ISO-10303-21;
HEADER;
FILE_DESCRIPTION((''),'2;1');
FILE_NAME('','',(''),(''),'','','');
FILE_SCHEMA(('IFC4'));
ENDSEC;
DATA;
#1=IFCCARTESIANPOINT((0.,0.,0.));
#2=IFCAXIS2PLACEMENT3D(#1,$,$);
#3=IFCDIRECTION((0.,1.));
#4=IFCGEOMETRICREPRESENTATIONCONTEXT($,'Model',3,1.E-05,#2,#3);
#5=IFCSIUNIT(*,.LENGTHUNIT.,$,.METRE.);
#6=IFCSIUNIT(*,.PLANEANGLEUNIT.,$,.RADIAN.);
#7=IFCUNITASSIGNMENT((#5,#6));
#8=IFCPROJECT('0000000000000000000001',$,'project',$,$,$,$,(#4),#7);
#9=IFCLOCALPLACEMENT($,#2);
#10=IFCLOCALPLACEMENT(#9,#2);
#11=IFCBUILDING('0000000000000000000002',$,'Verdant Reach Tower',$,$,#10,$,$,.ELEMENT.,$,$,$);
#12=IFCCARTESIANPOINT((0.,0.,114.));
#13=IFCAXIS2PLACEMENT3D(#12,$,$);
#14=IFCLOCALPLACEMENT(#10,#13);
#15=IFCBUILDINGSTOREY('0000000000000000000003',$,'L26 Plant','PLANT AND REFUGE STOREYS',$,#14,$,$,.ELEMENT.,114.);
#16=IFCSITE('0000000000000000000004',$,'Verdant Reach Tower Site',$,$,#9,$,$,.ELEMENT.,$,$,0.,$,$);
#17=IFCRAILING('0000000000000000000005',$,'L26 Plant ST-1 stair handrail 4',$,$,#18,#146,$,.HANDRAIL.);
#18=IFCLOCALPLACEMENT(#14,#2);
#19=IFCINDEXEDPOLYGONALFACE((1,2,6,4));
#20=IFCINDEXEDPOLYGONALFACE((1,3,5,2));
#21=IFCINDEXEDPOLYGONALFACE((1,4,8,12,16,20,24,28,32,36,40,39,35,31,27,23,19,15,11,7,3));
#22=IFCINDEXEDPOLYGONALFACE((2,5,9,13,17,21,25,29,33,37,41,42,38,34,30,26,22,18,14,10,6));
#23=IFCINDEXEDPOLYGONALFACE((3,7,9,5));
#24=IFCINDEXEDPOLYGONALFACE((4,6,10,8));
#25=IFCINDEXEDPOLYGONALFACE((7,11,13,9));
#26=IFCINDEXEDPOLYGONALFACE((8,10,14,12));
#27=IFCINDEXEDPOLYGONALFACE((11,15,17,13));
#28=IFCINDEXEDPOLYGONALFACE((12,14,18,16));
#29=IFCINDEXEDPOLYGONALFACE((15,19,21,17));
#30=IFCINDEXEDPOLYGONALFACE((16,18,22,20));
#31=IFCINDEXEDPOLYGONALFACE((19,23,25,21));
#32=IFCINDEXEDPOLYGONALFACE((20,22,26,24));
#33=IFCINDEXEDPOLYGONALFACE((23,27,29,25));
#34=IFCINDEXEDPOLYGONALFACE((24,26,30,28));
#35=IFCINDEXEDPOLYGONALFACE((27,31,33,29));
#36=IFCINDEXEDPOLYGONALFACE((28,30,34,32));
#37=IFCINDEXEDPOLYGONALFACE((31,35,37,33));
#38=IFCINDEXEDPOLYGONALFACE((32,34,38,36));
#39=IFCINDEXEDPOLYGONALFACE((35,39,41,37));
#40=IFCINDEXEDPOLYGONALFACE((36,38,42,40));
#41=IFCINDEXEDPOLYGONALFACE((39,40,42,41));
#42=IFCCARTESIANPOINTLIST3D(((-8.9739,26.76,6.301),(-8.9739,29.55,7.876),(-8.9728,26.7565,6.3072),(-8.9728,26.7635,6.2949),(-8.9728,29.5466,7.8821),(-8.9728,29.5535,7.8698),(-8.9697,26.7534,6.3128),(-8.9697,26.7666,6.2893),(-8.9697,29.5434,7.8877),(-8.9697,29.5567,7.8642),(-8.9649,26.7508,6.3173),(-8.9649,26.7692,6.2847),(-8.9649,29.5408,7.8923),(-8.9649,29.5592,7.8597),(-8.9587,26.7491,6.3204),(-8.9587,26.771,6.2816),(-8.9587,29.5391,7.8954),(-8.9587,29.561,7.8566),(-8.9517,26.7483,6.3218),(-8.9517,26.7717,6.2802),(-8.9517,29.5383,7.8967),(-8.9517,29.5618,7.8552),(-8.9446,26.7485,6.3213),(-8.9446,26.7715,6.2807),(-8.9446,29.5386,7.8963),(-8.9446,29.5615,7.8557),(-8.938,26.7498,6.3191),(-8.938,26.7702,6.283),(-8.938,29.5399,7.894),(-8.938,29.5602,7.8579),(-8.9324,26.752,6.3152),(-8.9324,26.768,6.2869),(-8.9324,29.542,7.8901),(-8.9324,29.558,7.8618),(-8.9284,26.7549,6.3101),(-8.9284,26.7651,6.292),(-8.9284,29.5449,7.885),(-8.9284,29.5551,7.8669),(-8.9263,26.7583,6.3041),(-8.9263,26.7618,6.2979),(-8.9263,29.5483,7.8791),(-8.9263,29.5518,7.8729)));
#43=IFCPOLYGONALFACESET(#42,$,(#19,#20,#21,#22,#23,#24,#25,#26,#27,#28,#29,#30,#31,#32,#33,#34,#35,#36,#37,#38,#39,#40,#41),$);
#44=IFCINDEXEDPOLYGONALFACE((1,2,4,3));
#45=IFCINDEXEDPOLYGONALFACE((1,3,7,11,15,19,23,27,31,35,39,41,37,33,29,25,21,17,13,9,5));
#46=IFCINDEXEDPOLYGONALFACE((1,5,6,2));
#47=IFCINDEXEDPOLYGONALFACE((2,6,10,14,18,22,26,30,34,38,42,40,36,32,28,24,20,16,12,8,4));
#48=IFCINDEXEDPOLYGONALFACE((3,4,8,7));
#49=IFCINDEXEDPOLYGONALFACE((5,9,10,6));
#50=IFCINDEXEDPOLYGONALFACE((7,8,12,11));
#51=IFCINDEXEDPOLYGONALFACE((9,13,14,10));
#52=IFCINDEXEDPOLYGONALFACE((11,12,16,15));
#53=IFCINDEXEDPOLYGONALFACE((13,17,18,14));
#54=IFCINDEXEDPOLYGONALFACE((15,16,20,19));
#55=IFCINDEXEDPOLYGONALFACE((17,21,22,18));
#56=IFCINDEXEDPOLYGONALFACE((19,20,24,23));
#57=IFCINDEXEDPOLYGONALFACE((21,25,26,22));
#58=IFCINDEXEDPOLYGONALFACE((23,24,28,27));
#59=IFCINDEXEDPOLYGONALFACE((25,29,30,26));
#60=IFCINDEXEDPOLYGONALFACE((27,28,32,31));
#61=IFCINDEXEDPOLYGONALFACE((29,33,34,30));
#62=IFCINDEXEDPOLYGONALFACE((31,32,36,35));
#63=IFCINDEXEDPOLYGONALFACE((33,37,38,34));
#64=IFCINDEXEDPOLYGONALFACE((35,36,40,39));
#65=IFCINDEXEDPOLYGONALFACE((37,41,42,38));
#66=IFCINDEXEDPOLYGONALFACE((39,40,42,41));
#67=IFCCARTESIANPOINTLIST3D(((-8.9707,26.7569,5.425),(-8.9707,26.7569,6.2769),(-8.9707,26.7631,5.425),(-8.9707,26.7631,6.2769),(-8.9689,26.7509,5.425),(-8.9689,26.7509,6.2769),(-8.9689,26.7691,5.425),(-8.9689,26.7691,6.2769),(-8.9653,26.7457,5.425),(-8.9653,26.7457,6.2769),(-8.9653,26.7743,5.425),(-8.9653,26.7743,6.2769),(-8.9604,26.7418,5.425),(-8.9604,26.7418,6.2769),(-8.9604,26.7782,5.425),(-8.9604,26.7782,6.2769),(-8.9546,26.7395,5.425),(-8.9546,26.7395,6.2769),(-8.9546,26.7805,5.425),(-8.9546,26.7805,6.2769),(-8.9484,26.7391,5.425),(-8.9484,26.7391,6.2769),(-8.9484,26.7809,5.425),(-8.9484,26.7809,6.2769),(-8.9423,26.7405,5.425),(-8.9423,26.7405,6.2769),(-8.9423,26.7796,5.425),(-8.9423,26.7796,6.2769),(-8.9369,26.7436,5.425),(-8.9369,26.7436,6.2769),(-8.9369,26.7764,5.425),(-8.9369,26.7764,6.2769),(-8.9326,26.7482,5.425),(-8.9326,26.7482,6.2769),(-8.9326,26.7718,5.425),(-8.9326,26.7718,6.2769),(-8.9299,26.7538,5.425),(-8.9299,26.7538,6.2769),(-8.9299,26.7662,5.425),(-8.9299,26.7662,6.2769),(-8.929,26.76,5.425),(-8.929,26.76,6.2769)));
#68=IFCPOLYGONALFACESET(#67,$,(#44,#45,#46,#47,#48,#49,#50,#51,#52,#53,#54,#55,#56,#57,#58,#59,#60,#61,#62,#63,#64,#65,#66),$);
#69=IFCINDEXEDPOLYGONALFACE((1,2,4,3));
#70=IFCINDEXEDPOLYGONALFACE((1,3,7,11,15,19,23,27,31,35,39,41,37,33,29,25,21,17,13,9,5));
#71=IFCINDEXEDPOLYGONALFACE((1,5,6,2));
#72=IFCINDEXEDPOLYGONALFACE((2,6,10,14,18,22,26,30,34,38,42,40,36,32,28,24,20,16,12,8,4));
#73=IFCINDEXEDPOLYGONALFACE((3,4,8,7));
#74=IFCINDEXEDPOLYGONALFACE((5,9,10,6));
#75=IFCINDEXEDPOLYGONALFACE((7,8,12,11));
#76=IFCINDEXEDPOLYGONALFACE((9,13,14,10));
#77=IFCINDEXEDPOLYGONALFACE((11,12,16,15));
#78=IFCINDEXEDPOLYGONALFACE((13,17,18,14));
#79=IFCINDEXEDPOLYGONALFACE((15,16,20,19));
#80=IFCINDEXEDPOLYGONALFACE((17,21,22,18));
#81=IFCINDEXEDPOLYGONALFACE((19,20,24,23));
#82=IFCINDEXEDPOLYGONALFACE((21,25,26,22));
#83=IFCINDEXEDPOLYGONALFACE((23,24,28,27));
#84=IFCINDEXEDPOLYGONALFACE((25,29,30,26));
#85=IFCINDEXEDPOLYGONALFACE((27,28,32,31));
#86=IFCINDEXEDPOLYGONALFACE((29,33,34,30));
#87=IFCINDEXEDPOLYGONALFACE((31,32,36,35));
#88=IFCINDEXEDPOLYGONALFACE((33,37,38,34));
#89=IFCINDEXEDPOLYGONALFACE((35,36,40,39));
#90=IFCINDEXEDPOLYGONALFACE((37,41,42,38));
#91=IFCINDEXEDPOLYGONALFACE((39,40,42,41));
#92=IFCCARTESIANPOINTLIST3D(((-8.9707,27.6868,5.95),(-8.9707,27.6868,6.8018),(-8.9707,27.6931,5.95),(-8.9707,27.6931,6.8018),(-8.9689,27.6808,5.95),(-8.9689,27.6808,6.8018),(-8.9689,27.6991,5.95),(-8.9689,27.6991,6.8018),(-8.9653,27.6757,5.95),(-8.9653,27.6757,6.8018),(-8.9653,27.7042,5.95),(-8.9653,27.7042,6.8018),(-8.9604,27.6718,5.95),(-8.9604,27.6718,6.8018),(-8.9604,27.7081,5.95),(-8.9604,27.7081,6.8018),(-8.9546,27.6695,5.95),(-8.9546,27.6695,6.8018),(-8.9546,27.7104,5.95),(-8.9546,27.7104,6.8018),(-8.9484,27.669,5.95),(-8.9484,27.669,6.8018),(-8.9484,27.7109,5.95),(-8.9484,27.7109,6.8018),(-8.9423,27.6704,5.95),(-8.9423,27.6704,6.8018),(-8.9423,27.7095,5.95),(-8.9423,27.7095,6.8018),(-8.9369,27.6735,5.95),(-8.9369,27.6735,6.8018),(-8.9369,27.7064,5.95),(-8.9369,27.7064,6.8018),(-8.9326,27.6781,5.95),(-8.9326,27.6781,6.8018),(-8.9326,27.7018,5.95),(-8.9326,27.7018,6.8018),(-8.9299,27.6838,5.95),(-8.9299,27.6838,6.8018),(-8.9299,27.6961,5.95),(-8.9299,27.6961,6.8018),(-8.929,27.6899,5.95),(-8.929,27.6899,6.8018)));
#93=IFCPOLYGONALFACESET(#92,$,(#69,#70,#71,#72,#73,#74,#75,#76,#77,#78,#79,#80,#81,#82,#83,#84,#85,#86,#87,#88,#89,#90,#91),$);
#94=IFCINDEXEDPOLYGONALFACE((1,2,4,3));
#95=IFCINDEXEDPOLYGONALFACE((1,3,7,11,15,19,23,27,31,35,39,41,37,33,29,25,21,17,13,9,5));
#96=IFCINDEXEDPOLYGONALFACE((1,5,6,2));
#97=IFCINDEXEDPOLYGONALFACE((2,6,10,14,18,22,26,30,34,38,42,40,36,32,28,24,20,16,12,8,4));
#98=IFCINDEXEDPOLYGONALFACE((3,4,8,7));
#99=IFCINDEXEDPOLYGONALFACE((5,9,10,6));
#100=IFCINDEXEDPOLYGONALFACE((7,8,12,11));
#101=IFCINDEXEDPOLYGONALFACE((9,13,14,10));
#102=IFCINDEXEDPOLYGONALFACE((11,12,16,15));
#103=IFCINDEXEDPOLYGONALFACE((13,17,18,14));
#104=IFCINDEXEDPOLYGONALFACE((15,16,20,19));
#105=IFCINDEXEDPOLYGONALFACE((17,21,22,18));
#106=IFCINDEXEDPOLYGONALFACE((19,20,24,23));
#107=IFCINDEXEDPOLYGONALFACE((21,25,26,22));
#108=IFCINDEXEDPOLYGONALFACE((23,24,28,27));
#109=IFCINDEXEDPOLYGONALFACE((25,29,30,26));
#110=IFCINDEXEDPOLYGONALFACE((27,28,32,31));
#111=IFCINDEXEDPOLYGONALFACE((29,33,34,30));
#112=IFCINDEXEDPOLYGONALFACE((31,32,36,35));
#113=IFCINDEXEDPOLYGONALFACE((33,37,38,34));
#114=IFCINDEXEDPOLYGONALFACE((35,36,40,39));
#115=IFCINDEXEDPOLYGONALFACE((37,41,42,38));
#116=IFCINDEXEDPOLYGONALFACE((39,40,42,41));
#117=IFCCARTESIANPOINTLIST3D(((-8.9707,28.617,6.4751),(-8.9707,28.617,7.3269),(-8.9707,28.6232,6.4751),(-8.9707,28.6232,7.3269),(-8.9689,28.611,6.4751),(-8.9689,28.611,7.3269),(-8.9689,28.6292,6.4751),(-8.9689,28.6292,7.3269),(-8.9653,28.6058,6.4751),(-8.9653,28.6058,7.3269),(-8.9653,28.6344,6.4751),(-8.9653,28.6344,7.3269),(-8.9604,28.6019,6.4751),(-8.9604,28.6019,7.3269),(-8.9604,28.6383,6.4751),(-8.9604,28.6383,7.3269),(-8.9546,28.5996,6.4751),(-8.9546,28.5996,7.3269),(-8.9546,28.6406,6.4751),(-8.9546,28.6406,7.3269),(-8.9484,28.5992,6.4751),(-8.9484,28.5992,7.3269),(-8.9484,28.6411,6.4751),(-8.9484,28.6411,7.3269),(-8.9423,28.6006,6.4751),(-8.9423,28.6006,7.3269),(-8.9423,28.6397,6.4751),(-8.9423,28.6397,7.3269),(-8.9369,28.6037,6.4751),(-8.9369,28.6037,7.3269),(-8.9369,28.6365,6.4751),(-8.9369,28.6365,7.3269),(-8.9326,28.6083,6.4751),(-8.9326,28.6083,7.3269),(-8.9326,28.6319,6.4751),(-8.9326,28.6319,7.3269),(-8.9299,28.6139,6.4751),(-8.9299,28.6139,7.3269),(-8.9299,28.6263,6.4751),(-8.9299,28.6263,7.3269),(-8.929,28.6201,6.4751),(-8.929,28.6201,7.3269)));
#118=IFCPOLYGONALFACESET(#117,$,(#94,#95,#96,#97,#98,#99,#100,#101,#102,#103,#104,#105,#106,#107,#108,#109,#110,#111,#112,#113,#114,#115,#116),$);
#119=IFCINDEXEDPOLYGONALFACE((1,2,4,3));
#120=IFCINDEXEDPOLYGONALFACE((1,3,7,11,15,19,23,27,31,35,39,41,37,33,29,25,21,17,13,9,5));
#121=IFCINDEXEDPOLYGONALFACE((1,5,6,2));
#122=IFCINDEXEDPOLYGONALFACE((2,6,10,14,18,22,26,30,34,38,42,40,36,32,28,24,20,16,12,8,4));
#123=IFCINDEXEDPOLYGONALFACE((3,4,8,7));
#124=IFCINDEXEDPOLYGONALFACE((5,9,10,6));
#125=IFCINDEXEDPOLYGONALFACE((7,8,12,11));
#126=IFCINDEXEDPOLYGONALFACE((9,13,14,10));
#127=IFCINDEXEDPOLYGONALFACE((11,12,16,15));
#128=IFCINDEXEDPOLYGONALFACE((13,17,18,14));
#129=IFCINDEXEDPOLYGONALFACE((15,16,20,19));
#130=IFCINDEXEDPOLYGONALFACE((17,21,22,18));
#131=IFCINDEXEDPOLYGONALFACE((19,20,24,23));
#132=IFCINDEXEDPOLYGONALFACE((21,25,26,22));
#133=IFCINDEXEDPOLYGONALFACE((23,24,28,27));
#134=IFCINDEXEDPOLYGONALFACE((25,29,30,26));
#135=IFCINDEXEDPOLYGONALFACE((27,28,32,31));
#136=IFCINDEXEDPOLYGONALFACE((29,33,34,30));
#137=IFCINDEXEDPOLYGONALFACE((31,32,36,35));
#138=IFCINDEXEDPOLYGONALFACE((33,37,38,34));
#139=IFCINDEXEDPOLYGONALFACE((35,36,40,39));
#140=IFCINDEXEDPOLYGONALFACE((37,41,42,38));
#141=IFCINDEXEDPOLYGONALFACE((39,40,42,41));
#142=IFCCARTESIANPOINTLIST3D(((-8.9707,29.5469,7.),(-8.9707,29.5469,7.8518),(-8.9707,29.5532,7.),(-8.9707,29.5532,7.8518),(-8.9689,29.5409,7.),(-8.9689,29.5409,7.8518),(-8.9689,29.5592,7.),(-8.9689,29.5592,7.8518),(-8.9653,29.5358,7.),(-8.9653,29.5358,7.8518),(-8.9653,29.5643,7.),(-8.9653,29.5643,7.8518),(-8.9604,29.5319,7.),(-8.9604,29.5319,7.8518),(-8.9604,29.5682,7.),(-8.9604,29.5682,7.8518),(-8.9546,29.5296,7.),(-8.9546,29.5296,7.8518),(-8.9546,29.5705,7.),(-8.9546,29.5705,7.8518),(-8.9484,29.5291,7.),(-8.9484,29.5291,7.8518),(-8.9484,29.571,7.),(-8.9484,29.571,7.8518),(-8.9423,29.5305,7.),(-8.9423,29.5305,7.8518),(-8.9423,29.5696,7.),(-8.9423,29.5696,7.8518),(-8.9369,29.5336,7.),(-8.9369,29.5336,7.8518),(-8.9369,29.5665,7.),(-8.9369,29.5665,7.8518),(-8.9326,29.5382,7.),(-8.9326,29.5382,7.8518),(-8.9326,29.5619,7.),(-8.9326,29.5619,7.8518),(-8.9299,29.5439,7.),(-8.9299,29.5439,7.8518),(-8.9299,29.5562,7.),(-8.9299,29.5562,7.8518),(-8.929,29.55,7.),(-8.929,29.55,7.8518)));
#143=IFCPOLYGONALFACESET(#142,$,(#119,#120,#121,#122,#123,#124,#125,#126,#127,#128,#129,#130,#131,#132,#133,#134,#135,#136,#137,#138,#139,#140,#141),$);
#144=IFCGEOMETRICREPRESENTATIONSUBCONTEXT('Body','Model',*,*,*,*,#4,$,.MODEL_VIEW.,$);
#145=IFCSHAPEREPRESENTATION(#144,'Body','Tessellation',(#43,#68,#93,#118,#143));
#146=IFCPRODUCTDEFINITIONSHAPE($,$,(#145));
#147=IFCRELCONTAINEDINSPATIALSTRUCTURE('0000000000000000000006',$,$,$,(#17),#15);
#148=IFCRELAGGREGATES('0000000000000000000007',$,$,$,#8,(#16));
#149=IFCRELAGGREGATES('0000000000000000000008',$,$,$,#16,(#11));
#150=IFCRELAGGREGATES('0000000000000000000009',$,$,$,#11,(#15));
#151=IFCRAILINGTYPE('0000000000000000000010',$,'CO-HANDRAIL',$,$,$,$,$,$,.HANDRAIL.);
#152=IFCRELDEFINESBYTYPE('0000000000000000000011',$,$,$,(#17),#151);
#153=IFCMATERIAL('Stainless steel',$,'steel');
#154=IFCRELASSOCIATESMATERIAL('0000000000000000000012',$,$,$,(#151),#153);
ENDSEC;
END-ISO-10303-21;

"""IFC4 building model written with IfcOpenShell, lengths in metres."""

from ifc_helpers import new_model, si_unit, direction, frame, origin, origin_2d, place, context, subcontext, project, spatial, circle, extrude, material, type_object, element, save


model = new_model("IFC4")

# Units and contexts
model_context = context("Model", 3, precision=1e-05, world=origin(), true_north=direction((0.0, 1.0)))
body_context = subcontext(model_context, "Body", "Model", "MODEL_VIEW")
ifc_project = project(units=[si_unit("LENGTHUNIT", "METRE"), si_unit("PLANEANGLEUNIT", "RADIAN")], contexts=[model_context])

# Site, building, storey
site_placement = place(None, origin())
site = spatial("IfcSite", under=ifc_project, at=site_placement, Name="Verdant Reach Tower Site", CompositionType="ELEMENT", RefElevation=0.0)
building_placement = place(site_placement, origin())
building = spatial("IfcBuilding", under=site, at=building_placement, Name="Verdant Reach Tower", CompositionType="ELEMENT")
storey_placement = place(building_placement, frame((0.0, 0.0, 114.0)))
storey = spatial("IfcBuildingStorey", under=building, at=storey_placement, Name="L26 Plant", Description="PLANT AND REFUGE STOREYS", CompositionType="ELEMENT", Elevation=114.0)

# Railing
ifc_material_1 = material(Name="Stainless steel", Category="steel")
railing_type = type_object("IfcRailingType", Name="CO-HANDRAIL", PredefinedType="HANDRAIL", material=ifc_material_1)
for number, where, name in (
    (1, (-8.95, 26.76, 5.425), "L26 Plant ST-1 stair handrail 4"),
):
    element("IfcRailing", number, at=place(storey_placement, frame(where)), inside=storey, type_object=railing_type, Name=name, PredefinedType="HANDRAIL", context=body_context, shape_type="SweptSolid", body=[
        extrude(circle(Radius=0.0239, at=origin_2d()), frame((0.0, 0.0, 0.876), z_axis=(0.0, 0.870834, 0.491578), x_axis=(-1.0, 0.0, 0.0)), (0.0, 0.0, 1.0), 3.2039),
        extrude(circle(Radius=0.021, at=origin_2d()), origin(), (0.0, 0.0, 1.0), 0.8518),
        extrude(circle(Radius=0.021, at=origin_2d()), frame((0.0, 0.9299, 0.5249)), (0.0, 0.0, 1.0), 0.8518),
        extrude(circle(Radius=0.021, at=origin_2d()), frame((0.0, 1.8601, 1.05)), (0.0, 0.0, 1.0), 0.8518),
        extrude(circle(Radius=0.021, at=origin_2d()), frame((0.0, 2.79, 1.575)), (0.0, 0.0, 1.0), 0.8518),
    ])

save(model, "model.ifc")
